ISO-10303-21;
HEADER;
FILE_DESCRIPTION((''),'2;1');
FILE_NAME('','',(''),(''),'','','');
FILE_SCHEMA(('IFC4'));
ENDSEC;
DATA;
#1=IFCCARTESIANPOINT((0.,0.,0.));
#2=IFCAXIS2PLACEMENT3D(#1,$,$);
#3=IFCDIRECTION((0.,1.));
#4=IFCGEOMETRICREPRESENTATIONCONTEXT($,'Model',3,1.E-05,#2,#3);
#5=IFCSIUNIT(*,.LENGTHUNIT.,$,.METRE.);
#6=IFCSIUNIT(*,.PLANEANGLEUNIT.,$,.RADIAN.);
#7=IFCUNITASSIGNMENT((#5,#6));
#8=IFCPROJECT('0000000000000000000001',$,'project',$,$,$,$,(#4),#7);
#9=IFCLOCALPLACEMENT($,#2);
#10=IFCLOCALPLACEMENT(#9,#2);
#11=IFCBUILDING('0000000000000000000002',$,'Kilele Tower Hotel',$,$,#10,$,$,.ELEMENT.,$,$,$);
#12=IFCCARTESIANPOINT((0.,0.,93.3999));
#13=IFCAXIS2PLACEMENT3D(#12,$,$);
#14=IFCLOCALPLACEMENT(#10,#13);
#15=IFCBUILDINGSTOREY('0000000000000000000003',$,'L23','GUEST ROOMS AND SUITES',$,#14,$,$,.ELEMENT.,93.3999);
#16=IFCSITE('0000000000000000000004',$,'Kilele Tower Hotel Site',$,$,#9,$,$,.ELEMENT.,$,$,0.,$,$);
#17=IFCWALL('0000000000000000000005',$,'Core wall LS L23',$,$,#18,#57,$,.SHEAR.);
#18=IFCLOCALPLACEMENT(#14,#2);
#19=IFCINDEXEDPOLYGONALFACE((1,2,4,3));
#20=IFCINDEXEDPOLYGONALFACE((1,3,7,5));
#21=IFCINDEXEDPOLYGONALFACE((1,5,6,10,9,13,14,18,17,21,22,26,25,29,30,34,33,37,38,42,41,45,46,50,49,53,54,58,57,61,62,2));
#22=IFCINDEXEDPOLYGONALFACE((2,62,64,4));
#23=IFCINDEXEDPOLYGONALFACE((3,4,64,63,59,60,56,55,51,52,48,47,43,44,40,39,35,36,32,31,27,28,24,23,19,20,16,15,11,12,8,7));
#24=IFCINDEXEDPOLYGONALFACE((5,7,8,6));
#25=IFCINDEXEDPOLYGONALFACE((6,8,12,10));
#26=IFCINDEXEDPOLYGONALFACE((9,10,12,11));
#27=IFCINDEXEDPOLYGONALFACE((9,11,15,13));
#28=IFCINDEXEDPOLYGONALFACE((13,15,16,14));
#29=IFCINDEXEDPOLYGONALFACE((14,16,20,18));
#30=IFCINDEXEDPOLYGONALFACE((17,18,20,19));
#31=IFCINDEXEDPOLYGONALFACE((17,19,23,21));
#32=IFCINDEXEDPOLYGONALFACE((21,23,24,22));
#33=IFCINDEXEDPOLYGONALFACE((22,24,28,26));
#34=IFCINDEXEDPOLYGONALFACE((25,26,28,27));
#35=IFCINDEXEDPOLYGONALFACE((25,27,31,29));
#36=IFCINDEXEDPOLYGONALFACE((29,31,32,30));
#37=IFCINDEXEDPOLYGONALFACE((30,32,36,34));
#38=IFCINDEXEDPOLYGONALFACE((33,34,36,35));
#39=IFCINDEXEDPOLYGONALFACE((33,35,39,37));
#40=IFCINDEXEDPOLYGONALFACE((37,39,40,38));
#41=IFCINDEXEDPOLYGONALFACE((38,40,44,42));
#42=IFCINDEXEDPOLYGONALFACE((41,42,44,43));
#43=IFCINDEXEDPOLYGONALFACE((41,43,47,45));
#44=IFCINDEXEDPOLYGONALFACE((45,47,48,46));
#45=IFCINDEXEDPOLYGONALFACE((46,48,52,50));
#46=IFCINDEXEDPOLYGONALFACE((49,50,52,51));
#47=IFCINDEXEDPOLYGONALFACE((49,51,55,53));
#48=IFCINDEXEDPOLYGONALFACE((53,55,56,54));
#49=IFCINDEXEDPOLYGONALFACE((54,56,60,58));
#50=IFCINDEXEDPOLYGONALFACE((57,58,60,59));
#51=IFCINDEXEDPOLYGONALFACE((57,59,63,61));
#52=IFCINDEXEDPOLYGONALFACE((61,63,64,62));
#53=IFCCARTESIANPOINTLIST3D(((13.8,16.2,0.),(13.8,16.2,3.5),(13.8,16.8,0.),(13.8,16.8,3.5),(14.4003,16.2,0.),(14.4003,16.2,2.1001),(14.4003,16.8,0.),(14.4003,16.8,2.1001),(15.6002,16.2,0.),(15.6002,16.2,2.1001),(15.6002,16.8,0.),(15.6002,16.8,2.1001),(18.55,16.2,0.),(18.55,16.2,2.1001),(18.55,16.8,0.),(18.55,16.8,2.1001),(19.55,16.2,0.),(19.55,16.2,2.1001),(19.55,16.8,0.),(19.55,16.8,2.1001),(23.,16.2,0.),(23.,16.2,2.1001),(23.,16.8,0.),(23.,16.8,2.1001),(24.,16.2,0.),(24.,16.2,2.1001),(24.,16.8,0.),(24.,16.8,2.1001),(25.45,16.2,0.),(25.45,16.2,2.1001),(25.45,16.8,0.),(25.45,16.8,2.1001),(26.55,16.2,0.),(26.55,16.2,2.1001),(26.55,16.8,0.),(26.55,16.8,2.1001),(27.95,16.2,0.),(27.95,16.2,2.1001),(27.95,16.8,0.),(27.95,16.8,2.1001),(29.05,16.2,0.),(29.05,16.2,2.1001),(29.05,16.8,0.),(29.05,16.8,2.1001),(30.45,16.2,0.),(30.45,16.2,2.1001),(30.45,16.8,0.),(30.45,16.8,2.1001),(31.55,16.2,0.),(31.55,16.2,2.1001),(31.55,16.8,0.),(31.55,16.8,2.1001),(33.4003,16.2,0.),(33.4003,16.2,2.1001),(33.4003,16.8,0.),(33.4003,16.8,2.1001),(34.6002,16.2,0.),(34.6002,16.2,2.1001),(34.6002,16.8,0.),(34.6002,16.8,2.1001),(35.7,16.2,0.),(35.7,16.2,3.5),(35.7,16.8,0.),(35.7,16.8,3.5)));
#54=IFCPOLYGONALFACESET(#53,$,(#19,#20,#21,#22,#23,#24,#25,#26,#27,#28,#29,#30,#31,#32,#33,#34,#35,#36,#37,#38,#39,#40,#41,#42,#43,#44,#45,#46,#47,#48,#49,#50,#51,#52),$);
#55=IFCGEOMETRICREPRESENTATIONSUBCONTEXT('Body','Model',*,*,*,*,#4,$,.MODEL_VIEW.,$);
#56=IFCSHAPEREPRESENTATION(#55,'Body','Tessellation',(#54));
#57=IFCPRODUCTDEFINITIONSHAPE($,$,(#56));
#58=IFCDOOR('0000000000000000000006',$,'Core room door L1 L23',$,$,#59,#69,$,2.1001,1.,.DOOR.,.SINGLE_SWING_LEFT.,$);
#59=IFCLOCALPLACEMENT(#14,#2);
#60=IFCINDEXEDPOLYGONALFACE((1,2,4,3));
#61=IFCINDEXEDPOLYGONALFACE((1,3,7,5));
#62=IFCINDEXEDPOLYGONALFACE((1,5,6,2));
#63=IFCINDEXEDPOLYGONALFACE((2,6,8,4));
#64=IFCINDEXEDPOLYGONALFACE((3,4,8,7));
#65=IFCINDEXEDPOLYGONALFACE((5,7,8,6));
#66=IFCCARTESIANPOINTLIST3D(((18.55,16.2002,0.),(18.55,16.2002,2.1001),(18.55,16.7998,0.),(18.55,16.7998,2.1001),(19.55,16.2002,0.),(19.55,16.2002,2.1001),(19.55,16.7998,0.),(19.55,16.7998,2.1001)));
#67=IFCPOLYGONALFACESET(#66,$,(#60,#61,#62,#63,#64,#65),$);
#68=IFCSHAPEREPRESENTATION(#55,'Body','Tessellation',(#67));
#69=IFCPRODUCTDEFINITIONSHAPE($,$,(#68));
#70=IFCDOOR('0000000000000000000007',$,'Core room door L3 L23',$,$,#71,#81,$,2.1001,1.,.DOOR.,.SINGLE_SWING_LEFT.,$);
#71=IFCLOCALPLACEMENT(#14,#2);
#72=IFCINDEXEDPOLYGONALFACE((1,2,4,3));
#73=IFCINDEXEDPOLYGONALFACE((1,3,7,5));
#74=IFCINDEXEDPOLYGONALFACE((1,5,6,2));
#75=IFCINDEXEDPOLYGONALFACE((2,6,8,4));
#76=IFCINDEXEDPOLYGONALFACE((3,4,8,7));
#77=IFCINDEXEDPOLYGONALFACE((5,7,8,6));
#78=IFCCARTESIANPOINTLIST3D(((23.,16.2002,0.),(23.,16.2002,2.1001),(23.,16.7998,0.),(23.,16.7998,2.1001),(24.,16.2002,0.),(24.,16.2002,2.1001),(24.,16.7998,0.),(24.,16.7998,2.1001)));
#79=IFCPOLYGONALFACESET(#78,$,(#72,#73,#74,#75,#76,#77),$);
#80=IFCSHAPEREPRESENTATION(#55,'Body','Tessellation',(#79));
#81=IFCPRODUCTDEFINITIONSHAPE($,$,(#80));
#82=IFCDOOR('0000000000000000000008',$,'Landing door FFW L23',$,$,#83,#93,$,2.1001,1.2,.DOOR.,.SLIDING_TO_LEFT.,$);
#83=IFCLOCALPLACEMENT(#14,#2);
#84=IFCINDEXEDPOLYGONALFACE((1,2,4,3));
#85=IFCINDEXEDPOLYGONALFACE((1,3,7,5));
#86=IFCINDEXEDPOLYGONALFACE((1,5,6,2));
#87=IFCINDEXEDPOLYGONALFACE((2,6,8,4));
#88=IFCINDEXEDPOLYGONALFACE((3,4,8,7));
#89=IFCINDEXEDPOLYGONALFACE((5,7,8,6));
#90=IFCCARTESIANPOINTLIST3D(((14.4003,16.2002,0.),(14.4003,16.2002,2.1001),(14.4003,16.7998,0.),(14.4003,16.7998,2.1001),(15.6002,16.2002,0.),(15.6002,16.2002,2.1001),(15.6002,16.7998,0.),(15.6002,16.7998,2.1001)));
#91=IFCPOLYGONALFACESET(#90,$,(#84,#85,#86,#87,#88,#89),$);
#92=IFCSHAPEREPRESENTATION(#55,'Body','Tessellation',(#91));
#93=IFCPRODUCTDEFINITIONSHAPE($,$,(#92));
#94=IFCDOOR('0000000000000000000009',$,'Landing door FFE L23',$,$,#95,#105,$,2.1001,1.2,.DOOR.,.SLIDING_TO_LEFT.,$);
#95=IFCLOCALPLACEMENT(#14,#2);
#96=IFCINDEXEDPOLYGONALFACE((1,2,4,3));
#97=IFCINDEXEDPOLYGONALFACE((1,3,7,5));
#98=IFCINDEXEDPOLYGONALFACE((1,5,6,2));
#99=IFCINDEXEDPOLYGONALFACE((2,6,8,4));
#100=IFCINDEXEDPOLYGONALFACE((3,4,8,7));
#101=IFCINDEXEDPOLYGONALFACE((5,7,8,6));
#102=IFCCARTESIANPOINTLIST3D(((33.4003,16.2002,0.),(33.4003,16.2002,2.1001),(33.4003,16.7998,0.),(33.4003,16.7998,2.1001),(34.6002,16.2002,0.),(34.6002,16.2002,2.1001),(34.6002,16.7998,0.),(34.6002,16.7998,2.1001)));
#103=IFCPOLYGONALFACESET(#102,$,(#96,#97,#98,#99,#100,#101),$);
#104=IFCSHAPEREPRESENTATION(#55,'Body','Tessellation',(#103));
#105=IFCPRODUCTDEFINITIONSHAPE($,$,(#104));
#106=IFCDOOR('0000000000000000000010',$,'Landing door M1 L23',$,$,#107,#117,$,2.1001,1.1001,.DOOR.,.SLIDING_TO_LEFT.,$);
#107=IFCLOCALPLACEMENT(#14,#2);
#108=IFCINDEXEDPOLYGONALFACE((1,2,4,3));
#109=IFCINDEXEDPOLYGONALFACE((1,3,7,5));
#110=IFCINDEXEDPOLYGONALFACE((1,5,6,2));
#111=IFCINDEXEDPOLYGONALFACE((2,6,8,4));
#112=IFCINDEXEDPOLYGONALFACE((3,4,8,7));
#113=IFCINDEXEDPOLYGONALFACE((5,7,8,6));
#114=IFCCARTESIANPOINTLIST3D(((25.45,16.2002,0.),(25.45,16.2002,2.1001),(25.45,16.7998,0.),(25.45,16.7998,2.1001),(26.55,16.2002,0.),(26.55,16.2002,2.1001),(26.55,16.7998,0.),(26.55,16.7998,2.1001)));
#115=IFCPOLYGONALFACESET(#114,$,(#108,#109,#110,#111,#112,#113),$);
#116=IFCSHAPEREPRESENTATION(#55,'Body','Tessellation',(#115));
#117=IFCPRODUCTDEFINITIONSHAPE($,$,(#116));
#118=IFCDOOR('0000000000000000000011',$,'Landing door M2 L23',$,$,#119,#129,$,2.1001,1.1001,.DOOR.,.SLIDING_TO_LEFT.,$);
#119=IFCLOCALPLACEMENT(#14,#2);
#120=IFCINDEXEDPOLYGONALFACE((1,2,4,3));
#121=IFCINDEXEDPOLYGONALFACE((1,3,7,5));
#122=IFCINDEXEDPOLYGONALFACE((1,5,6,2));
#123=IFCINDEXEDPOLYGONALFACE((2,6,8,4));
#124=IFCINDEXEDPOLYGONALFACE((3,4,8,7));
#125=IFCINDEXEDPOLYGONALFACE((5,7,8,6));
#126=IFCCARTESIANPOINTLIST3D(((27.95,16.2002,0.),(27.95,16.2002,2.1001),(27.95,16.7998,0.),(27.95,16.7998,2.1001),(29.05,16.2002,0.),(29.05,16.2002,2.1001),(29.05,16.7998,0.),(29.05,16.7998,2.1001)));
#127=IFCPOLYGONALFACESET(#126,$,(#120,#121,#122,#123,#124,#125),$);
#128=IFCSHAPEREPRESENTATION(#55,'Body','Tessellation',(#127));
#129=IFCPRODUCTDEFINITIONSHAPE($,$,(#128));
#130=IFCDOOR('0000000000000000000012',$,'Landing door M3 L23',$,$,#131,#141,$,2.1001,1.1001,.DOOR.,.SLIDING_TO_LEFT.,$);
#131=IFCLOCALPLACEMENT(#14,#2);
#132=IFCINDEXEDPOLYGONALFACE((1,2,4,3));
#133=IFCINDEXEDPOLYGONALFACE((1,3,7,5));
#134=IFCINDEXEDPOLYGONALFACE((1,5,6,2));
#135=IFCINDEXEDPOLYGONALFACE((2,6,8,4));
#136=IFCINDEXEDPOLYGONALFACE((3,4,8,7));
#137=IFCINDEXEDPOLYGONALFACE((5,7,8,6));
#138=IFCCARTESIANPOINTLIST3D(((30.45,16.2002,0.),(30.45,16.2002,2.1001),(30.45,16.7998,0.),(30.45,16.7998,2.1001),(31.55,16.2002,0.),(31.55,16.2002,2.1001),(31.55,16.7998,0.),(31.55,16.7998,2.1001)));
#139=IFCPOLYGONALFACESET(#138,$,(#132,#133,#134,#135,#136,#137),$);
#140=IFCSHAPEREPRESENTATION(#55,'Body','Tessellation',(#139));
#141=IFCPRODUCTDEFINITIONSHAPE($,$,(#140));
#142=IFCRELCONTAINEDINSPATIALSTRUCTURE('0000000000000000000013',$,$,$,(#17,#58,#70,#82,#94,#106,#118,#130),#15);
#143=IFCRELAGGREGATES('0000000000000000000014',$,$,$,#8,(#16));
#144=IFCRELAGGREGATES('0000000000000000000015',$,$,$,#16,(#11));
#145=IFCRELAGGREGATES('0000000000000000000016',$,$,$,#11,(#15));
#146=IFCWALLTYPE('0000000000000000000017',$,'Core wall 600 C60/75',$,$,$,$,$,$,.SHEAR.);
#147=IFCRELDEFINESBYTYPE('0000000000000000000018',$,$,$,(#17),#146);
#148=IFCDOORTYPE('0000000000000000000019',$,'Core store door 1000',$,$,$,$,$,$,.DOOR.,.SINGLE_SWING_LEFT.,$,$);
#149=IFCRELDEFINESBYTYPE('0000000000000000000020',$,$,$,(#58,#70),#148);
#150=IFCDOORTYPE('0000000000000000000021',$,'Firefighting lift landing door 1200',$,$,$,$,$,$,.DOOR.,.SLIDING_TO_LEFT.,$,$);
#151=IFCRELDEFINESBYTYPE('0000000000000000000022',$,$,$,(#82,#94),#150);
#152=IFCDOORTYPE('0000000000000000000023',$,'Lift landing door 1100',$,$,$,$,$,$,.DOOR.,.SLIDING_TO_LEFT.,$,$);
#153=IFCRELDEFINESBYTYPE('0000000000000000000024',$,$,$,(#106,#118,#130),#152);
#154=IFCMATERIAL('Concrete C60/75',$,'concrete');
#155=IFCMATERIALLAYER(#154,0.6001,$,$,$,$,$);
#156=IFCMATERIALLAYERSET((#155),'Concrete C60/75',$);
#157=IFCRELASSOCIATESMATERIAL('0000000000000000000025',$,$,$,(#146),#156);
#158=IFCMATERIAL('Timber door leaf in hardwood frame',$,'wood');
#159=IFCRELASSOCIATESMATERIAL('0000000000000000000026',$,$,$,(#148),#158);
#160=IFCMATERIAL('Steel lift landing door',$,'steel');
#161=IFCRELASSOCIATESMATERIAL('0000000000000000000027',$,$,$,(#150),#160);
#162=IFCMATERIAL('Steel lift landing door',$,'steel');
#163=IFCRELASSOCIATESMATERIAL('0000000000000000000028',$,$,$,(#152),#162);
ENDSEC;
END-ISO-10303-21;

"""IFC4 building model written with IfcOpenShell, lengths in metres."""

from ifc_helpers import new_model, si_unit, direction, frame, frame_2d, origin, place, context, subcontext, project, spatial, rectangle, extrude, material, layer, layer_set, type_object, element, fill, save


model = new_model("IFC4")

# Units and contexts
model_context = context("Model", 3, precision=1e-05, world=origin(), true_north=direction((0.0, 1.0)))
body_context = subcontext(model_context, "Body", "Model", "MODEL_VIEW")
ifc_project = project(units=[si_unit("LENGTHUNIT", "METRE"), si_unit("PLANEANGLEUNIT", "RADIAN")], contexts=[model_context])

# Site, building, storey
site_placement = place(None, origin())
site = spatial("IfcSite", under=ifc_project, at=site_placement, Name="Kilele Tower Hotel Site", CompositionType="ELEMENT", RefElevation=0.0)
building_placement = place(site_placement, origin())
building = spatial("IfcBuilding", under=site, at=building_placement, Name="Kilele Tower Hotel", CompositionType="ELEMENT")
storey_placement = place(building_placement, frame((0.0, 0.0, 93.3999)))
storey = spatial("IfcBuildingStorey", under=building, at=storey_placement, Name="L23", Description="GUEST ROOMS AND SUITES", CompositionType="ELEMENT", Elevation=93.3999)

# Shared definitions
ifc_material_1 = material(Name="Concrete C60/75", Category="concrete")
ifc_layer_1 = layer(ifc_material_1, 0.6001)
ifc_layer_set_1 = layer_set([ifc_layer_1], Name="Concrete C60/75")
wall_type_1 = type_object("IfcWallType", Name="Core wall 600 C60/75", PredefinedType="SHEAR", material=ifc_layer_set_1)

# Wall, openings, doors
wall_1_placement = place(storey_placement, frame((13.8, 16.5, 0.0), z_axis=(0.0, 0.0, 1.0), x_axis=(1.0, 0.0, 0.0)))
wall_1 = element("IfcWall", 1, at=wall_1_placement, inside=storey, type_object=wall_type_1, Name="Core wall LS L23", PredefinedType="SHEAR", context=body_context, shape_type="SweptSolid", body=[
    extrude(rectangle(XDim=21.8999, YDim=0.6001, at=frame_2d((10.95, 0.0))), origin(), (0.0, 0.0, 1.0), 3.5),
])
opening_1_placement = place(wall_1_placement, frame((11.6499, 0.0, 0.0)))
opening_1 = element("IfcOpeningElement", 2, at=opening_1_placement, cuts=wall_1, PredefinedType="OPENING", context=body_context, shape_type="SweptSolid", body=[
    extrude(rectangle(XDim=1.1001, YDim=2.1001, at=frame_2d((0.55, 1.05))), frame((0.0, 0.3101, 0.0), z_axis=(0.0, -1.0, 0.0), x_axis=(1.0, 0.0, 0.0)), (0.0, 0.0, 1.0), 0.6201),
])
opening_2_placement = place(wall_1_placement, frame((14.1499, 0.0, 0.0)))
opening_2 = element("IfcOpeningElement", 3, at=opening_2_placement, cuts=wall_1, PredefinedType="OPENING", context=body_context, shape_type="SweptSolid", body=[
    extrude(rectangle(XDim=1.1001, YDim=2.1001, at=frame_2d((0.55, 1.05))), frame((0.0, 0.3101, 0.0), z_axis=(0.0, -1.0, 0.0), x_axis=(1.0, 0.0, 0.0)), (0.0, 0.0, 1.0), 0.6201),
])
opening_3_placement = place(wall_1_placement, frame((16.6499, 0.0, 0.0)))
opening_3 = element("IfcOpeningElement", 4, at=opening_3_placement, cuts=wall_1, PredefinedType="OPENING", context=body_context, shape_type="SweptSolid", body=[
    extrude(rectangle(XDim=1.1001, YDim=2.1001, at=frame_2d((0.55, 1.05))), frame((0.0, 0.3101, 0.0), z_axis=(0.0, -1.0, 0.0), x_axis=(1.0, 0.0, 0.0)), (0.0, 0.0, 1.0), 0.6201),
])
opening_4_placement = place(wall_1_placement, frame((5.75, 0.0, 0.0), z_axis=(0.0, 0.0, 1.0), x_axis=(-1.0, 0.0, 0.0)))
opening_4 = element("IfcOpeningElement", 5, at=opening_4_placement, cuts=wall_1, PredefinedType="OPENING", context=body_context, shape_type="SweptSolid", body=[
    extrude(rectangle(XDim=1.0, YDim=2.1001, at=frame_2d((0.5, 1.05))), frame((0.0, 0.3101, 0.0), z_axis=(0.0, -1.0, 0.0), x_axis=(1.0, 0.0, 0.0)), (0.0, 0.0, 1.0), 0.6201),
])
opening_5_placement = place(wall_1_placement, frame((10.2, 0.0, 0.0), z_axis=(0.0, 0.0, 1.0), x_axis=(-1.0, 0.0, 0.0)))
opening_5 = element("IfcOpeningElement", 6, at=opening_5_placement, cuts=wall_1, PredefinedType="OPENING", context=body_context, shape_type="SweptSolid", body=[
    extrude(rectangle(XDim=1.0, YDim=2.1001, at=frame_2d((0.5, 1.05))), frame((0.0, 0.3101, 0.0), z_axis=(0.0, -1.0, 0.0), x_axis=(1.0, 0.0, 0.0)), (0.0, 0.0, 1.0), 0.6201),
])
opening_6_placement = place(wall_1_placement, frame((0.6001, 0.0, 0.0)))
opening_6 = element("IfcOpeningElement", 7, at=opening_6_placement, cuts=wall_1, PredefinedType="OPENING", context=body_context, shape_type="SweptSolid", body=[
    extrude(rectangle(XDim=1.2, YDim=2.1001, at=frame_2d((0.6001, 1.05))), frame((0.0, 0.3101, 0.0), z_axis=(0.0, -1.0, 0.0), x_axis=(1.0, 0.0, 0.0)), (0.0, 0.0, 1.0), 0.6201),
])
opening_7_placement = place(wall_1_placement, frame((19.6001, 0.0, 0.0)))
opening_7 = element("IfcOpeningElement", 8, at=opening_7_placement, cuts=wall_1, PredefinedType="OPENING", context=body_context, shape_type="SweptSolid", body=[
    extrude(rectangle(XDim=1.2, YDim=2.1001, at=frame_2d((0.6001, 1.05))), frame((0.0, 0.3101, 0.0), z_axis=(0.0, -1.0, 0.0), x_axis=(1.0, 0.0, 0.0)), (0.0, 0.0, 1.0), 0.6201),
])
ifc_material_2 = material(Name="Timber door leaf in hardwood frame", Category="wood")
door_type_1 = type_object("IfcDoorType", Name="Core store door 1000", OperationType="SINGLE_SWING_LEFT", PredefinedType="DOOR", material=ifc_material_2)
door_1_placement = place(opening_4_placement, origin())
door_1 = element("IfcDoor", 9, at=door_1_placement, inside=storey, type_object=door_type_1, Name="Core room door L1 L23", OperationType="SINGLE_SWING_LEFT", OverallHeight=2.1001, OverallWidth=1.0, PredefinedType="DOOR", context=body_context, shape_type="SweptSolid", body=[
    extrude(rectangle(XDim=1.0, YDim=2.1001, at=frame_2d((0.5, 1.05))), frame((0.0, 0.2998, 0.0), z_axis=(0.0, -1.0, 0.0), x_axis=(1.0, 0.0, 0.0)), (0.0, 0.0, 1.0), 0.5996),
])
fill(opening_4, door_1)
door_2_placement = place(opening_5_placement, origin())
door_2 = element("IfcDoor", 10, at=door_2_placement, inside=storey, type_object=door_type_1, Name="Core room door L3 L23", OperationType="SINGLE_SWING_LEFT", OverallHeight=2.1001, OverallWidth=1.0, PredefinedType="DOOR", context=body_context, shape_type="SweptSolid", body=[
    extrude(rectangle(XDim=1.0, YDim=2.1001, at=frame_2d((0.5, 1.05))), frame((0.0, 0.2998, 0.0), z_axis=(0.0, -1.0, 0.0), x_axis=(1.0, 0.0, 0.0)), (0.0, 0.0, 1.0), 0.5996),
])
fill(opening_5, door_2)
ifc_material_3 = material(Name="Steel lift landing door", Category="steel")
door_type_2 = type_object("IfcDoorType", Name="Firefighting lift landing door 1200", OperationType="SLIDING_TO_LEFT", PredefinedType="DOOR", material=ifc_material_3)
door_3_placement = place(opening_6_placement, origin())
door_3 = element("IfcDoor", 11, at=door_3_placement, inside=storey, type_object=door_type_2, Name="Landing door FFW L23", OperationType="SLIDING_TO_LEFT", OverallHeight=2.1001, OverallWidth=1.2, PredefinedType="DOOR", context=body_context, shape_type="SweptSolid", body=[
    extrude(rectangle(XDim=1.2, YDim=2.1001, at=frame_2d((0.6001, 1.05))), frame((0.0, 0.2998, 0.0), z_axis=(0.0, -1.0, 0.0), x_axis=(1.0, 0.0, 0.0)), (0.0, 0.0, 1.0), 0.5996),
])
fill(opening_6, door_3)
door_4_placement = place(opening_7_placement, origin())
door_4 = element("IfcDoor", 12, at=door_4_placement, inside=storey, type_object=door_type_2, Name="Landing door FFE L23", OperationType="SLIDING_TO_LEFT", OverallHeight=2.1001, OverallWidth=1.2, PredefinedType="DOOR", context=body_context, shape_type="SweptSolid", body=[
    extrude(rectangle(XDim=1.2, YDim=2.1001, at=frame_2d((0.6001, 1.05))), frame((0.0, 0.2998, 0.0), z_axis=(0.0, -1.0, 0.0), x_axis=(1.0, 0.0, 0.0)), (0.0, 0.0, 1.0), 0.5996),
])
fill(opening_7, door_4)
ifc_material_4 = material(Name="Steel lift landing door", Category="steel")
door_type_3 = type_object("IfcDoorType", Name="Lift landing door 1100", OperationType="SLIDING_TO_LEFT", PredefinedType="DOOR", material=ifc_material_4)
door_5_placement = place(opening_1_placement, origin())
door_5 = element("IfcDoor", 13, at=door_5_placement, inside=storey, type_object=door_type_3, Name="Landing door M1 L23", OperationType="SLIDING_TO_LEFT", OverallHeight=2.1001, OverallWidth=1.1001, PredefinedType="DOOR", context=body_context, shape_type="SweptSolid", body=[
    extrude(rectangle(XDim=1.1001, YDim=2.1001, at=frame_2d((0.55, 1.05))), frame((0.0, 0.2998, 0.0), z_axis=(0.0, -1.0, 0.0), x_axis=(1.0, 0.0, 0.0)), (0.0, 0.0, 1.0), 0.5996),
])
fill(opening_1, door_5)
door_6_placement = place(opening_2_placement, origin())
door_6 = element("IfcDoor", 14, at=door_6_placement, inside=storey, type_object=door_type_3, Name="Landing door M2 L23", OperationType="SLIDING_TO_LEFT", OverallHeight=2.1001, OverallWidth=1.1001, PredefinedType="DOOR", context=body_context, shape_type="SweptSolid", body=[
    extrude(rectangle(XDim=1.1001, YDim=2.1001, at=frame_2d((0.55, 1.05))), frame((0.0, 0.2998, 0.0), z_axis=(0.0, -1.0, 0.0), x_axis=(1.0, 0.0, 0.0)), (0.0, 0.0, 1.0), 0.5996),
])
fill(opening_2, door_6)
door_7_placement = place(opening_3_placement, origin())
door_7 = element("IfcDoor", 15, at=door_7_placement, inside=storey, type_object=door_type_3, Name="Landing door M3 L23", OperationType="SLIDING_TO_LEFT", OverallHeight=2.1001, OverallWidth=1.1001, PredefinedType="DOOR", context=body_context, shape_type="SweptSolid", body=[
    extrude(rectangle(XDim=1.1001, YDim=2.1001, at=frame_2d((0.55, 1.05))), frame((0.0, 0.2998, 0.0), z_axis=(0.0, -1.0, 0.0), x_axis=(1.0, 0.0, 0.0)), (0.0, 0.0, 1.0), 0.5996),
])
fill(opening_3, door_7)

save(model, "model.ifc")
